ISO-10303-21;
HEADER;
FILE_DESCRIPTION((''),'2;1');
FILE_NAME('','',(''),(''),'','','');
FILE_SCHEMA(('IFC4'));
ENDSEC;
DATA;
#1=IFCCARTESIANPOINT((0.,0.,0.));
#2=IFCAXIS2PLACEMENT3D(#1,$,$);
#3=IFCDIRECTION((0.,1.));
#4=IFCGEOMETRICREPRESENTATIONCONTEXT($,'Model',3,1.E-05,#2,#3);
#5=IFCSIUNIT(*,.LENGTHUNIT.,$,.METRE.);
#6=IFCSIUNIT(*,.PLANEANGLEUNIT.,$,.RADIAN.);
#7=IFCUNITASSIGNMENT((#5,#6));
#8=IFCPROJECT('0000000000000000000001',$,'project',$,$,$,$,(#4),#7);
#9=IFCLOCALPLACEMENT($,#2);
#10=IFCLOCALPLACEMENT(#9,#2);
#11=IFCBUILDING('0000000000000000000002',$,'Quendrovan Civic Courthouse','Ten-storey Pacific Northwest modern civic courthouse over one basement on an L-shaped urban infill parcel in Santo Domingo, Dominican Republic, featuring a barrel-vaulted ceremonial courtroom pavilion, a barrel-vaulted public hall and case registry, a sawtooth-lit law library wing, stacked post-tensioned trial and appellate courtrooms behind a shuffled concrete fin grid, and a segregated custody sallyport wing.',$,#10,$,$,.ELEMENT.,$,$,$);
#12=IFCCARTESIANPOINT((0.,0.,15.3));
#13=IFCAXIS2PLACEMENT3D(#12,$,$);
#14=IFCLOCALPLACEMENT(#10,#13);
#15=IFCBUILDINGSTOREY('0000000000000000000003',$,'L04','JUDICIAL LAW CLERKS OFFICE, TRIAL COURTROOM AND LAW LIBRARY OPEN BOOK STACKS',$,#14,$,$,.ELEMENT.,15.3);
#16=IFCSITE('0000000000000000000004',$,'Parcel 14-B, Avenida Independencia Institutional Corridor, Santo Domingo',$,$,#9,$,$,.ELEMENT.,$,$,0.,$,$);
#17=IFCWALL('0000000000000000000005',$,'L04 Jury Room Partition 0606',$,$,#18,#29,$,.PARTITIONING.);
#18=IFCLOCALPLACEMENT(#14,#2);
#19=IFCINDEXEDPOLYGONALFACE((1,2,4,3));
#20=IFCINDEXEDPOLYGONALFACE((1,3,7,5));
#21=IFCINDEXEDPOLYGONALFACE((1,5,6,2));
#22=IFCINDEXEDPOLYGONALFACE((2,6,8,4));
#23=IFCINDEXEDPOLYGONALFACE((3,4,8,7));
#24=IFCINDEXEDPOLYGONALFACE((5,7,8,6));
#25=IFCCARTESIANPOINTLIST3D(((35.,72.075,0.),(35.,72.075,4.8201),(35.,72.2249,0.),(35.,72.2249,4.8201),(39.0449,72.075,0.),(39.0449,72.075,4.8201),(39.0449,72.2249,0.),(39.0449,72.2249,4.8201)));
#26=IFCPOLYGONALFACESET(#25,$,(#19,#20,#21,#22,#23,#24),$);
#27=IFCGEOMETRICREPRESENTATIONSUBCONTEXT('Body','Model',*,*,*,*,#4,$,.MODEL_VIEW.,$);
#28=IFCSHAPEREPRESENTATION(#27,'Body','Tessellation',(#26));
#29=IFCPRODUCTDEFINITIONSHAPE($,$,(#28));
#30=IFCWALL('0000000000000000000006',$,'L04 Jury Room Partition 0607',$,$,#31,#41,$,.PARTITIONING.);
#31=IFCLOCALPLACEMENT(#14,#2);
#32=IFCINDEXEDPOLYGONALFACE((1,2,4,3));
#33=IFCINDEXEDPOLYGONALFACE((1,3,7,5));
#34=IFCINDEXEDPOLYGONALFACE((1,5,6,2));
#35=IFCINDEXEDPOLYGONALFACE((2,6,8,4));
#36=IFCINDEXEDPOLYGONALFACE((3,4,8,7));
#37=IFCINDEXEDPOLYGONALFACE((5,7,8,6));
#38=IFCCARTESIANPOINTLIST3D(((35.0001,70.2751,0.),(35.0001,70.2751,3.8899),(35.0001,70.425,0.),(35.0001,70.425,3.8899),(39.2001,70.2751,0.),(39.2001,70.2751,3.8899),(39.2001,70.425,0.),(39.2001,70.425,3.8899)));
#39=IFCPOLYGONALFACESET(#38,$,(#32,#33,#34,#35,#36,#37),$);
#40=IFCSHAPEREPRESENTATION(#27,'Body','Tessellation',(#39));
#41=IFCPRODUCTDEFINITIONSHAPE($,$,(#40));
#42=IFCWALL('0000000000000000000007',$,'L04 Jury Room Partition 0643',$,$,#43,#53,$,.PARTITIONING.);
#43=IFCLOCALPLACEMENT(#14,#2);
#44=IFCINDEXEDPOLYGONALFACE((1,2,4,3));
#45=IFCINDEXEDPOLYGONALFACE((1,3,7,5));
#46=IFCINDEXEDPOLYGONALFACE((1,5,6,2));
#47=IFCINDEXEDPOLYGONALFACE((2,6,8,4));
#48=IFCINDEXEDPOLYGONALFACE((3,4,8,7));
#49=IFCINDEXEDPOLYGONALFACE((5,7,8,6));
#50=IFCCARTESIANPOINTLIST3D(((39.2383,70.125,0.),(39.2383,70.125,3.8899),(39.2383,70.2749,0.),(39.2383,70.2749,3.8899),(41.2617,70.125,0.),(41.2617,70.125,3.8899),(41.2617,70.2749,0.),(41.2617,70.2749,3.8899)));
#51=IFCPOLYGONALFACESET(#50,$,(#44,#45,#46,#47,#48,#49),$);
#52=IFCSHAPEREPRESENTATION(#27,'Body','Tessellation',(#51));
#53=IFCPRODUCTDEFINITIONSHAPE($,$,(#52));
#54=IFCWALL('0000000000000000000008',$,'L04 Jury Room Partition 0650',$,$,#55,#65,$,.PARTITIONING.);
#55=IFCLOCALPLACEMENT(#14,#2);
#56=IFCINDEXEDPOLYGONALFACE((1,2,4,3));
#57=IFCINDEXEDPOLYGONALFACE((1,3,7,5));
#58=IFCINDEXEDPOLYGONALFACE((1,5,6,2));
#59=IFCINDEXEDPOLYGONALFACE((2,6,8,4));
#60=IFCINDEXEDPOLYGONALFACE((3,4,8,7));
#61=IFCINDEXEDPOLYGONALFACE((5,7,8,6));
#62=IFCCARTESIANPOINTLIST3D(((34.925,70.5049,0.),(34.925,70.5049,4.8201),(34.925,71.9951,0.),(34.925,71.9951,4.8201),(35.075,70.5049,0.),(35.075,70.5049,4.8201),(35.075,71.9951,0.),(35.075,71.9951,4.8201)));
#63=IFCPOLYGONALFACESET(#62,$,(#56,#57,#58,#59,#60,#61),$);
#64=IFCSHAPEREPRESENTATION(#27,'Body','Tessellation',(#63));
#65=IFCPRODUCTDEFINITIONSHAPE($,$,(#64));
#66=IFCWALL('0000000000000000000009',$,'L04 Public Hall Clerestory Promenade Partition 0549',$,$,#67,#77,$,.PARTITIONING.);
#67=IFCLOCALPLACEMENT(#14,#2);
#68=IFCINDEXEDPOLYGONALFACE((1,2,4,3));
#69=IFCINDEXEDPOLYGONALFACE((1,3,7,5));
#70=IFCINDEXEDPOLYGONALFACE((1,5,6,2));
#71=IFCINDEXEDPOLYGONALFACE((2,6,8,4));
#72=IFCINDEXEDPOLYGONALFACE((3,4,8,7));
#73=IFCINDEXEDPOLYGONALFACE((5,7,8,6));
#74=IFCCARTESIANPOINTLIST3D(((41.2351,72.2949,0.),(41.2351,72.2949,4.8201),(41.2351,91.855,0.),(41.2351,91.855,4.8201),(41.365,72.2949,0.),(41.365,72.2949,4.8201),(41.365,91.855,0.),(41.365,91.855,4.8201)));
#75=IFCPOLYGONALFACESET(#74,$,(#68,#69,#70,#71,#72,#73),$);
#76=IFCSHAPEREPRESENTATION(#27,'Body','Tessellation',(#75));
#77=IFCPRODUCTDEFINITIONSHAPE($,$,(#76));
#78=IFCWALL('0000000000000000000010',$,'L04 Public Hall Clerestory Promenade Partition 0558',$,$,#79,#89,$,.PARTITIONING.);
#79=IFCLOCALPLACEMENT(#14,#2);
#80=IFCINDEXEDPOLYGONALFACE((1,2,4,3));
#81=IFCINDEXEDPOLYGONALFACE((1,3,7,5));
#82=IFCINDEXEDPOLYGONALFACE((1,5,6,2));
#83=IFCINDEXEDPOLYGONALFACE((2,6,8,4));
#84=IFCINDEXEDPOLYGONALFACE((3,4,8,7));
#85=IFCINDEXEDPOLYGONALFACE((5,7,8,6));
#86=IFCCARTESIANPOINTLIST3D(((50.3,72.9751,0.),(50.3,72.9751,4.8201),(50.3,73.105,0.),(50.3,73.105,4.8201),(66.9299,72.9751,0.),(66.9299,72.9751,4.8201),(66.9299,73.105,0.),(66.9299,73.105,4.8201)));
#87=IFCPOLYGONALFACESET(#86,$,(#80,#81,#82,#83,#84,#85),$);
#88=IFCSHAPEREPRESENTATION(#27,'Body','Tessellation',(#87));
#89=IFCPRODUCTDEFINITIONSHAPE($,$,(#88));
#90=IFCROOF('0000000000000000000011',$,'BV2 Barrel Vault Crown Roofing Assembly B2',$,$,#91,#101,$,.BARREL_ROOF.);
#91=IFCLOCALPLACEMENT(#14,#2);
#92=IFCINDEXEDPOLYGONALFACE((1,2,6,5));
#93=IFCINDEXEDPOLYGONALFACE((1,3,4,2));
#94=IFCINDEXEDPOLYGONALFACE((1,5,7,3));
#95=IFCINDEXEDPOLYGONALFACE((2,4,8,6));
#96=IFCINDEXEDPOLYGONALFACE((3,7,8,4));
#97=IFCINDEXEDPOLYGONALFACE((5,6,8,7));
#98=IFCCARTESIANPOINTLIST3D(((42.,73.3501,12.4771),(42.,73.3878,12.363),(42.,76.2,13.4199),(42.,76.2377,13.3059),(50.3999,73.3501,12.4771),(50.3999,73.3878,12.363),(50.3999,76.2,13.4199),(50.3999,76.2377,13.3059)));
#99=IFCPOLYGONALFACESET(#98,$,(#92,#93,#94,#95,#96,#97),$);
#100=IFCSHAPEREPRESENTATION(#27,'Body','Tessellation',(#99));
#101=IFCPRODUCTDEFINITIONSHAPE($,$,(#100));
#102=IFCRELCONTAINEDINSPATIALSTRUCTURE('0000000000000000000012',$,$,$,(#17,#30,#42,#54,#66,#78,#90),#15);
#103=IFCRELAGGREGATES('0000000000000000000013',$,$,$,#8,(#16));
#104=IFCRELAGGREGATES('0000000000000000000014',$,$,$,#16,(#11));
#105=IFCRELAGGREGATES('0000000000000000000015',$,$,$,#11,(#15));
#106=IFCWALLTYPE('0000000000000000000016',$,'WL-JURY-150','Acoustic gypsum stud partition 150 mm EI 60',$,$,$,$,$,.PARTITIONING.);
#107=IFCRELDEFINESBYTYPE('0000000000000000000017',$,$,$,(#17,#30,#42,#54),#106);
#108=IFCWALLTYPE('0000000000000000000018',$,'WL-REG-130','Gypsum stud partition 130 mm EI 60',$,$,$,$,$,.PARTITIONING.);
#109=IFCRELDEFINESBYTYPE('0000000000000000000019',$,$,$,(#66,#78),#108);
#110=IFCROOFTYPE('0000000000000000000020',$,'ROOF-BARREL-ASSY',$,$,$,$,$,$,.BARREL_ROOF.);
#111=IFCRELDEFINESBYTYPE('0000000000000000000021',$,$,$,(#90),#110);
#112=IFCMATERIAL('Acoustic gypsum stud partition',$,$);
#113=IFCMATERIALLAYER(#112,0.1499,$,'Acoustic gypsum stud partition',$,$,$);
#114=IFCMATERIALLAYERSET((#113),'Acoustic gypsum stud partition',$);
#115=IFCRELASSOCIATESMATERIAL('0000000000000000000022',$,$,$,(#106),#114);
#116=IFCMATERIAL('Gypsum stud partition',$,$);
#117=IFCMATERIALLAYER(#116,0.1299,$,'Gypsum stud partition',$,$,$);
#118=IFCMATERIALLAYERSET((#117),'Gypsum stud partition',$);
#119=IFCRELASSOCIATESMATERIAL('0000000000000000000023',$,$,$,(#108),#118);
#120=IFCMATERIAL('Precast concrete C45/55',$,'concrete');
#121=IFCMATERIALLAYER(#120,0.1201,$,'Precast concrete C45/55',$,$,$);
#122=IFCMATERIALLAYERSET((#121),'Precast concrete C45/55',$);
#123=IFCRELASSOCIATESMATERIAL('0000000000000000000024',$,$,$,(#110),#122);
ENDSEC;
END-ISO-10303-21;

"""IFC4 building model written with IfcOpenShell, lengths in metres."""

from ifc_helpers import new_model, si_unit, direction, frame, frame_2d, origin, place, context, subcontext, project, spatial, polyline, rectangle, outline, extrude, material, layer, layer_set, type_object, element, save


model = new_model("IFC4")

# Units and contexts
model_context = context("Model", 3, precision=1e-05, world=origin(), true_north=direction((0.0, 1.0)))
body_context = subcontext(model_context, "Body", "Model", "MODEL_VIEW")
ifc_project = project(units=[si_unit("LENGTHUNIT", "METRE"), si_unit("PLANEANGLEUNIT", "RADIAN")], contexts=[model_context])

# Site, building, storey
site_placement = place(None, origin())
site = spatial("IfcSite", under=ifc_project, at=site_placement, Name="Parcel 14-B, Avenida Independencia Institutional Corridor, Santo Domingo", CompositionType="ELEMENT", RefElevation=0.0)
building_placement = place(site_placement, origin())
building = spatial("IfcBuilding", under=site, at=building_placement, Name="Quendrovan Civic Courthouse", Description="Ten-storey Pacific Northwest modern civic courthouse over one basement on an L-shaped urban infill parcel in Santo Domingo, Dominican Republic, featuring a barrel-vaulted ceremonial courtroom pavilion, a barrel-vaulted public hall and case registry, a sawtooth-lit law library wing, stacked post-tensioned trial and appellate courtrooms behind a shuffled concrete fin grid, and a segregated custody sallyport wing.", CompositionType="ELEMENT")
storey_placement = place(building_placement, frame((0.0, 0.0, 15.3)))
storey = spatial("IfcBuildingStorey", under=building, at=storey_placement, Name="L04", Description="JUDICIAL LAW CLERKS OFFICE, TRIAL COURTROOM AND LAW LIBRARY OPEN BOOK STACKS", CompositionType="ELEMENT", Elevation=15.3)

# Shared definitions
ifc_material_1 = material(Name="Precast concrete C45/55", Category="concrete")

# Shared definitions
ifc_material_2 = material(Name="Acoustic gypsum stud partition")
ifc_layer_1 = layer(ifc_material_2, 0.1499, Name="Acoustic gypsum stud partition")
ifc_layer_set_1 = layer_set([ifc_layer_1], Name="Acoustic gypsum stud partition")
wall_type_1 = type_object("IfcWallType", Name="WL-JURY-150", Description="Acoustic gypsum stud partition 150 mm EI 60", PredefinedType="PARTITIONING", material=ifc_layer_set_1)

# Walls
wall_1_placement = place(storey_placement, frame((39.0449, 72.1499, 0.0), z_axis=(0.0, 0.0, 1.0), x_axis=(-1.0, 0.0, 0.0)))
element("IfcWall", 1, at=wall_1_placement, inside=storey, type_object=wall_type_1, Name="L04 Jury Room Partition 0606", PredefinedType="PARTITIONING", context=body_context, shape_type="SweptSolid", body=[
    extrude(rectangle(XDim=4.0449, YDim=0.1499, at=frame_2d((2.0225, 0.0))), origin(), (0.0, 0.0, 1.0), 4.8201),
])
wall_2_placement = place(storey_placement, frame((35.0, 70.3501, 0.0), z_axis=(0.0, 0.0, 1.0), x_axis=(1.0, 0.0, 0.0)))
element("IfcWall", 2, at=wall_2_placement, inside=storey, type_object=wall_type_1, Name="L04 Jury Room Partition 0607", PredefinedType="PARTITIONING", context=body_context, shape_type="SweptSolid", body=[
    extrude(rectangle(XDim=4.2, YDim=0.1499, at=frame_2d((2.1001, 0.0))), origin(), (0.0, 0.0, 1.0), 3.8899),
])
wall_3_placement = place(storey_placement, frame((39.2383, 70.2, 0.0), z_axis=(0.0, 0.0, 1.0), x_axis=(1.0, 0.0, 0.0)))
element("IfcWall", 3, at=wall_3_placement, inside=storey, type_object=wall_type_1, Name="L04 Jury Room Partition 0643", PredefinedType="PARTITIONING", context=body_context, shape_type="SweptSolid", body=[
    extrude(rectangle(XDim=2.0234, YDim=0.1499, at=frame_2d((1.0117, 0.0))), origin(), (0.0, 0.0, 1.0), 3.8899),
])
wall_4_placement = place(storey_placement, frame((35.0, 71.9951, 0.0), z_axis=(0.0, 0.0, 1.0), x_axis=(0.0, -1.0, 0.0)))
element("IfcWall", 4, at=wall_4_placement, inside=storey, type_object=wall_type_1, Name="L04 Jury Room Partition 0650", PredefinedType="PARTITIONING", context=body_context, shape_type="SweptSolid", body=[
    extrude(rectangle(XDim=1.4902, YDim=0.1499, at=frame_2d((0.7451, 0.0))), origin(), (0.0, 0.0, 1.0), 4.8201),
])
ifc_material_3 = material(Name="Gypsum stud partition")
ifc_layer_2 = layer(ifc_material_3, 0.1299, Name="Gypsum stud partition")
ifc_layer_set_2 = layer_set([ifc_layer_2], Name="Gypsum stud partition")
wall_type_2 = type_object("IfcWallType", Name="WL-REG-130", Description="Gypsum stud partition 130 mm EI 60", PredefinedType="PARTITIONING", material=ifc_layer_set_2)
wall_5_placement = place(storey_placement, frame((41.3, 72.2949, 0.0), z_axis=(0.0, 0.0, 1.0), x_axis=(0.0, 1.0, 0.0)))
element("IfcWall", 5, at=wall_5_placement, inside=storey, type_object=wall_type_2, Name="L04 Public Hall Clerestory Promenade Partition 0549", PredefinedType="PARTITIONING", context=body_context, shape_type="SweptSolid", body=[
    extrude(rectangle(XDim=19.5601, YDim=0.1299, at=frame_2d((9.78, 0.0))), origin(), (0.0, 0.0, 1.0), 4.8201),
])
wall_6_placement = place(storey_placement, frame((50.3, 73.04, 0.0), z_axis=(0.0, 0.0, 1.0), x_axis=(1.0, 0.0, 0.0)))
element("IfcWall", 6, at=wall_6_placement, inside=storey, type_object=wall_type_2, Name="L04 Public Hall Clerestory Promenade Partition 0558", PredefinedType="PARTITIONING", context=body_context, shape_type="SweptSolid", body=[
    extrude(rectangle(XDim=16.6299, YDim=0.1299, at=frame_2d((8.3149, 0.0))), origin(), (0.0, 0.0, 1.0), 4.8201),
])

# Roof
ifc_layer_3 = layer(ifc_material_1, 0.1201, Name="Precast concrete C45/55")
ifc_layer_set_3 = layer_set([ifc_layer_3], Name="Precast concrete C45/55")
roof_type = type_object("IfcRoofType", Name="ROOF-BARREL-ASSY", PredefinedType="BARREL_ROOF", material=ifc_layer_set_3)
roof_placement = place(storey_placement, frame((42.0, 73.3501, 12.4771), z_axis=(0.0, -0.314104, 0.949389), x_axis=(1.0, 0.0, 0.0)))
element("IfcRoof", 7, at=roof_placement, inside=storey, type_object=roof_type, Name="BV2 Barrel Vault Crown Roofing Assembly B2", PredefinedType="BARREL_ROOF", context=body_context, shape_type="SweptSolid", body=[
    extrude(outline(polyline([(0.0, 0.0), (8.3999, 0.0), (8.3999, 3.0018), (0.0, 3.0018), (0.0, 0.0)])), origin(), (0.0, 0.0, -1.0), 0.1201),
])

save(model, "model.ifc")
